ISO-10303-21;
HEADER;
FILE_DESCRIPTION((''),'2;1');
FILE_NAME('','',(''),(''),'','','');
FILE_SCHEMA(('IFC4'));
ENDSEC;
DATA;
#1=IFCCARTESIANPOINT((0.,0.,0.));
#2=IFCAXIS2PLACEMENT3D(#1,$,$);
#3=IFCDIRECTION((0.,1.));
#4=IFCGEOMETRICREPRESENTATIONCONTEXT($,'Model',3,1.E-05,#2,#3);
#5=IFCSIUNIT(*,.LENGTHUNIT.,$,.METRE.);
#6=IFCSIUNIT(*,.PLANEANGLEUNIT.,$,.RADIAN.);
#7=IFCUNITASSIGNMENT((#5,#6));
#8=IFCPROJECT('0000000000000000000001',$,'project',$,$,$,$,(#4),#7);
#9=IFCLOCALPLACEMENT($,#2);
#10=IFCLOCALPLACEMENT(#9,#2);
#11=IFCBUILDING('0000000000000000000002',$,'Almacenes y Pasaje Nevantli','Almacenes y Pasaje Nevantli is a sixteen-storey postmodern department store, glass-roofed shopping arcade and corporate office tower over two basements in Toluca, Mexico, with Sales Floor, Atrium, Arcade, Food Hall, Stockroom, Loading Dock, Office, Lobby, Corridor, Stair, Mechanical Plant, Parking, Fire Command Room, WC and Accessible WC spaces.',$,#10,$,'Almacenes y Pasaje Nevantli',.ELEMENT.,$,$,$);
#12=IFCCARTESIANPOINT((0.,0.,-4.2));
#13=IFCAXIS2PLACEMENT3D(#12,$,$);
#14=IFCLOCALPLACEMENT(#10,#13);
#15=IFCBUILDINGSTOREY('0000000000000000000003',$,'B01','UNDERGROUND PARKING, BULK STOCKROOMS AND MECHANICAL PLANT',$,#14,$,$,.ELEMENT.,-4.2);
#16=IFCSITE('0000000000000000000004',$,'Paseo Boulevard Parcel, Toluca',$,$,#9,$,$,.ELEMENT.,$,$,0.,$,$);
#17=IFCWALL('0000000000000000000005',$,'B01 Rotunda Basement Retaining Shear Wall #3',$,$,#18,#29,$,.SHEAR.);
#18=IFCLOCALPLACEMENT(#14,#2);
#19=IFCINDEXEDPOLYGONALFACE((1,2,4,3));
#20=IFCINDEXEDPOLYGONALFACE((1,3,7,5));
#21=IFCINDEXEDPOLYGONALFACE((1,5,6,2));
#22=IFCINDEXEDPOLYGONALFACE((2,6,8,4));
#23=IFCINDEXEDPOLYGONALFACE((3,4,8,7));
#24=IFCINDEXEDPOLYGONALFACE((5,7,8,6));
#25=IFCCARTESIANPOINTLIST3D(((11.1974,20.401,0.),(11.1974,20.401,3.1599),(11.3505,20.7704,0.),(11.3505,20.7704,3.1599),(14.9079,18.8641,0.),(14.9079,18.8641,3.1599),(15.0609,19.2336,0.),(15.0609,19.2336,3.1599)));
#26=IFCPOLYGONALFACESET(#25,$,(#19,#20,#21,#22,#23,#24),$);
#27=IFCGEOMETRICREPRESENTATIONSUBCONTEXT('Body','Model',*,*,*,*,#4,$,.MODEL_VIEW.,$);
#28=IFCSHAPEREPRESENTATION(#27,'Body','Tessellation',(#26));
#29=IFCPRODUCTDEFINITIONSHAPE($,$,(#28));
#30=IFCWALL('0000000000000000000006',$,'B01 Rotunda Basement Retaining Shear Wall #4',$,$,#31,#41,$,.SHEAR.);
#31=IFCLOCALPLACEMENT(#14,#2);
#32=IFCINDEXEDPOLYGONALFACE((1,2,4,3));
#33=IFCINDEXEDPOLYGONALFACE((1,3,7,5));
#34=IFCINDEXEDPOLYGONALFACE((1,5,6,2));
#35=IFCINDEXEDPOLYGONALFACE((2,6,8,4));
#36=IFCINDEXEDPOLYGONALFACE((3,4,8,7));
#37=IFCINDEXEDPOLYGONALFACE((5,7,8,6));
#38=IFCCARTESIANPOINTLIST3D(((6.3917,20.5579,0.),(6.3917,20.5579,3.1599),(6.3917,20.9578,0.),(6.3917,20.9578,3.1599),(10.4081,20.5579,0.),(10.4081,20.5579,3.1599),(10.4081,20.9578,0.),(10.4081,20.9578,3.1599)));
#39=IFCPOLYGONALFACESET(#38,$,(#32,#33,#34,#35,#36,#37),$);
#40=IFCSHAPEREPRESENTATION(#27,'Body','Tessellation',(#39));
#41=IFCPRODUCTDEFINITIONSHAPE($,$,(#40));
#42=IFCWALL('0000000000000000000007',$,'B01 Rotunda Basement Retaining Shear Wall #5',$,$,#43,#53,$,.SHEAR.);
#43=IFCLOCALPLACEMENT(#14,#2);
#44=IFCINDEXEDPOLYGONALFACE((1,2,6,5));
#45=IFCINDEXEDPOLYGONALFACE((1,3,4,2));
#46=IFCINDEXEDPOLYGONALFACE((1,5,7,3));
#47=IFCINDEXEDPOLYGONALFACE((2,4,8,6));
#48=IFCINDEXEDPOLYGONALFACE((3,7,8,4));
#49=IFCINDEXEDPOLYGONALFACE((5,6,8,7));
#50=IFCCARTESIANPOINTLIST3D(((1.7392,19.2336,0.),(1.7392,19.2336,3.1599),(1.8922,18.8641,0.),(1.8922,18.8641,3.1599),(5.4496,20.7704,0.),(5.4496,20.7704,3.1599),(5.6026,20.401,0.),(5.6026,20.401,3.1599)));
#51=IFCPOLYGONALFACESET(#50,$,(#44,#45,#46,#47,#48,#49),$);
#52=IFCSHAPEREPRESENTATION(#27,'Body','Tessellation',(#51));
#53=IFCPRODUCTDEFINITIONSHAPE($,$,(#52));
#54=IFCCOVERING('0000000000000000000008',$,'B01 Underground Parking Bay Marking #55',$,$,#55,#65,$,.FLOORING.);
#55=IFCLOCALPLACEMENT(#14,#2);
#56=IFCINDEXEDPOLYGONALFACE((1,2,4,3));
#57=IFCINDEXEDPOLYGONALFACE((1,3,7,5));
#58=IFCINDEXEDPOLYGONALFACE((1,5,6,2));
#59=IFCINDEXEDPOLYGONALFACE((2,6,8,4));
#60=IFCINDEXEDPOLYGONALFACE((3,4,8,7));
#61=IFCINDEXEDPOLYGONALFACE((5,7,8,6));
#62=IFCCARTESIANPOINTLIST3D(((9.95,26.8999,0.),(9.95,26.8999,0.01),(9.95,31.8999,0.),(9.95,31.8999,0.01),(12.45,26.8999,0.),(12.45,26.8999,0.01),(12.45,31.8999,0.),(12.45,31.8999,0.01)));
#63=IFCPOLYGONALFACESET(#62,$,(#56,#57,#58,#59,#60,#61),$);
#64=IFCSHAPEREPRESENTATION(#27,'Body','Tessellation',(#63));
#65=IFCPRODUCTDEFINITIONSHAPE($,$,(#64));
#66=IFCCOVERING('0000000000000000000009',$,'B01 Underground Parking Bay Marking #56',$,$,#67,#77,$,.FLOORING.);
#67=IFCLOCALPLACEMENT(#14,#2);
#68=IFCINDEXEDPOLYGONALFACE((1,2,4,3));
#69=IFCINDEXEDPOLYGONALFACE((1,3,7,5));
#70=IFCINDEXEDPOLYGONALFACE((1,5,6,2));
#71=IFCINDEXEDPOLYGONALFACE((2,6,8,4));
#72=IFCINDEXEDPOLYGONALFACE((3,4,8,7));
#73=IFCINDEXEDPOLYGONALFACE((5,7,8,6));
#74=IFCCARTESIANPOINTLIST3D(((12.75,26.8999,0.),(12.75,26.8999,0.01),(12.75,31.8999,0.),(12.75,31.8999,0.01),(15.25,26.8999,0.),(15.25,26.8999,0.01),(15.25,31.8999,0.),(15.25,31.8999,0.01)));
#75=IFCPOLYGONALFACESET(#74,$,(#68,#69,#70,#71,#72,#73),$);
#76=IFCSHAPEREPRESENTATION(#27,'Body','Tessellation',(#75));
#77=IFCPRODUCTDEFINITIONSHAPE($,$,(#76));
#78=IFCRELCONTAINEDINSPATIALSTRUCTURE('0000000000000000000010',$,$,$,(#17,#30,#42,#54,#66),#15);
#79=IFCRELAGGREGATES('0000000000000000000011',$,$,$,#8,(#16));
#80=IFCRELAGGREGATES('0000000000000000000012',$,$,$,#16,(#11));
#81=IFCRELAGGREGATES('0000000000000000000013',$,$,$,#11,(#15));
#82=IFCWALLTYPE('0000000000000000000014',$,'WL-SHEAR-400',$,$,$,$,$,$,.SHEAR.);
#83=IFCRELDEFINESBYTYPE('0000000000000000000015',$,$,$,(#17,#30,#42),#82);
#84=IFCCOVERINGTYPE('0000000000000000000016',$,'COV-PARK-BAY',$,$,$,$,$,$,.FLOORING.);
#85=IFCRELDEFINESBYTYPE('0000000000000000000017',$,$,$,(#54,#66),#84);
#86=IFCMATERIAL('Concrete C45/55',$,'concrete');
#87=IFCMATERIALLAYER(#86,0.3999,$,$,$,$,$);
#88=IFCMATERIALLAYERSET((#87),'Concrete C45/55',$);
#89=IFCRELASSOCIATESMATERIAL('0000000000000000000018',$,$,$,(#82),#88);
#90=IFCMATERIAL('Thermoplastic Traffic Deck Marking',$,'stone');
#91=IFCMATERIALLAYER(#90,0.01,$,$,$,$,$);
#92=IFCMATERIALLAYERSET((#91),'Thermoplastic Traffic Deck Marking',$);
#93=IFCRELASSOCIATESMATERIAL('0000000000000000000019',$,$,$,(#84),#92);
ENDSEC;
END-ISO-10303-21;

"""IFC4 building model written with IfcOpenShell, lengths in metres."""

from ifc_helpers import new_model, si_unit, direction, frame, frame_2d, origin, origin_2d, place, context, subcontext, project, spatial, rectangle, extrude, material, layer, layer_set, type_object, element, save


model = new_model("IFC4")

# Units and contexts
model_context = context("Model", 3, precision=1e-05, world=origin(), true_north=direction((0.0, 1.0)))
body_context = subcontext(model_context, "Body", "Model", "MODEL_VIEW")
ifc_project = project(units=[si_unit("LENGTHUNIT", "METRE"), si_unit("PLANEANGLEUNIT", "RADIAN")], contexts=[model_context])

# Site, building, storey
site_placement = place(None, origin())
site = spatial("IfcSite", under=ifc_project, at=site_placement, Name="Paseo Boulevard Parcel, Toluca", CompositionType="ELEMENT", RefElevation=0.0)
building_placement = place(site_placement, origin())
building = spatial("IfcBuilding", under=site, at=building_placement, Name="Almacenes y Pasaje Nevantli", Description="Almacenes y Pasaje Nevantli is a sixteen-storey postmodern department store, glass-roofed shopping arcade and corporate office tower over two basements in Toluca, Mexico, with Sales Floor, Atrium, Arcade, Food Hall, Stockroom, Loading Dock, Office, Lobby, Corridor, Stair, Mechanical Plant, Parking, Fire Command Room, WC and Accessible WC spaces.", LongName="Almacenes y Pasaje Nevantli", CompositionType="ELEMENT")
storey_placement = place(building_placement, frame((0.0, 0.0, -4.2)))
storey = spatial("IfcBuildingStorey", under=building, at=storey_placement, Name="B01", Description="UNDERGROUND PARKING, BULK STOCKROOMS AND MECHANICAL PLANT", CompositionType="ELEMENT", Elevation=-4.2)

# Walls
ifc_material_1 = material(Name="Concrete C45/55", Category="concrete")
ifc_layer_1 = layer(ifc_material_1, 0.3999)
ifc_layer_set_1 = layer_set([ifc_layer_1], Name="Concrete C45/55")
wall_type = type_object("IfcWallType", Name="WL-SHEAR-400", PredefinedType="SHEAR", material=ifc_layer_set_1)
wall_1_placement = place(storey_placement, frame((14.9844, 19.0488, 0.0), z_axis=(0.0, 0.0, 1.0), x_axis=(-0.923884, 0.382672, 0.0)))
element("IfcWall", 1, at=wall_1_placement, inside=storey, type_object=wall_type, Name="B01 Rotunda Basement Retaining Shear Wall #3", PredefinedType="SHEAR", context=body_context, shape_type="SweptSolid", body=[
    extrude(rectangle(XDim=4.0161, YDim=0.3999, at=frame_2d((2.0081, 0.0))), origin(), (0.0, 0.0, 1.0), 3.1599),
])
wall_2_placement = place(storey_placement, frame((10.4082, 20.7578, 0.0), z_axis=(0.0, 0.0, 1.0), x_axis=(-1.0, 0.0, 0.0)))
element("IfcWall", 2, at=wall_2_placement, inside=storey, type_object=wall_type, Name="B01 Rotunda Basement Retaining Shear Wall #4", PredefinedType="SHEAR", context=body_context, shape_type="SweptSolid", body=[
    extrude(rectangle(XDim=4.0164, YDim=0.3999, at=frame_2d((2.0083, 0.0))), origin(), (0.0, 0.0, 1.0), 3.1599),
])
wall_3_placement = place(storey_placement, frame((5.5261, 20.5857, 0.0), z_axis=(0.0, 0.0, 1.0), x_axis=(-0.923884, -0.382672, 0.0)))
element("IfcWall", 3, at=wall_3_placement, inside=storey, type_object=wall_type, Name="B01 Rotunda Basement Retaining Shear Wall #5", PredefinedType="SHEAR", context=body_context, shape_type="SweptSolid", body=[
    extrude(rectangle(XDim=4.0161, YDim=0.3999, at=frame_2d((2.0081, 0.0))), origin(), (0.0, 0.0, 1.0), 3.1599),
])

# Coverings
ifc_material_2 = material(Name="Thermoplastic Traffic Deck Marking", Category="stone")
ifc_layer_2 = layer(ifc_material_2, 0.01)
ifc_layer_set_2 = layer_set([ifc_layer_2], Name="Thermoplastic Traffic Deck Marking")
covering_type = type_object("IfcCoveringType", Name="COV-PARK-BAY", PredefinedType="FLOORING", material=ifc_layer_set_2)
for number, where, z_axis, x_axis, name in (
    (4, (11.2, 29.3999, 0.0), (0.0, 0.0, 1.0), (1.0, 0.0, 0.0), "B01 Underground Parking Bay Marking #55"),
    (5, (14.0, 29.3999, 0.0), (0.0, 0.0, 1.0), (1.0, 0.0, 0.0), "B01 Underground Parking Bay Marking #56"),
):
    element("IfcCovering", number, at=place(storey_placement, frame(where, z_axis=z_axis, x_axis=x_axis)), inside=storey, type_object=covering_type, Name=name, PredefinedType="FLOORING", context=body_context, shape_type="SweptSolid", body=[
        extrude(rectangle(XDim=2.5, YDim=5.0, at=origin_2d()), origin(), (0.0, 0.0, 1.0), 0.01),
    ])

save(model, "model.ifc")
